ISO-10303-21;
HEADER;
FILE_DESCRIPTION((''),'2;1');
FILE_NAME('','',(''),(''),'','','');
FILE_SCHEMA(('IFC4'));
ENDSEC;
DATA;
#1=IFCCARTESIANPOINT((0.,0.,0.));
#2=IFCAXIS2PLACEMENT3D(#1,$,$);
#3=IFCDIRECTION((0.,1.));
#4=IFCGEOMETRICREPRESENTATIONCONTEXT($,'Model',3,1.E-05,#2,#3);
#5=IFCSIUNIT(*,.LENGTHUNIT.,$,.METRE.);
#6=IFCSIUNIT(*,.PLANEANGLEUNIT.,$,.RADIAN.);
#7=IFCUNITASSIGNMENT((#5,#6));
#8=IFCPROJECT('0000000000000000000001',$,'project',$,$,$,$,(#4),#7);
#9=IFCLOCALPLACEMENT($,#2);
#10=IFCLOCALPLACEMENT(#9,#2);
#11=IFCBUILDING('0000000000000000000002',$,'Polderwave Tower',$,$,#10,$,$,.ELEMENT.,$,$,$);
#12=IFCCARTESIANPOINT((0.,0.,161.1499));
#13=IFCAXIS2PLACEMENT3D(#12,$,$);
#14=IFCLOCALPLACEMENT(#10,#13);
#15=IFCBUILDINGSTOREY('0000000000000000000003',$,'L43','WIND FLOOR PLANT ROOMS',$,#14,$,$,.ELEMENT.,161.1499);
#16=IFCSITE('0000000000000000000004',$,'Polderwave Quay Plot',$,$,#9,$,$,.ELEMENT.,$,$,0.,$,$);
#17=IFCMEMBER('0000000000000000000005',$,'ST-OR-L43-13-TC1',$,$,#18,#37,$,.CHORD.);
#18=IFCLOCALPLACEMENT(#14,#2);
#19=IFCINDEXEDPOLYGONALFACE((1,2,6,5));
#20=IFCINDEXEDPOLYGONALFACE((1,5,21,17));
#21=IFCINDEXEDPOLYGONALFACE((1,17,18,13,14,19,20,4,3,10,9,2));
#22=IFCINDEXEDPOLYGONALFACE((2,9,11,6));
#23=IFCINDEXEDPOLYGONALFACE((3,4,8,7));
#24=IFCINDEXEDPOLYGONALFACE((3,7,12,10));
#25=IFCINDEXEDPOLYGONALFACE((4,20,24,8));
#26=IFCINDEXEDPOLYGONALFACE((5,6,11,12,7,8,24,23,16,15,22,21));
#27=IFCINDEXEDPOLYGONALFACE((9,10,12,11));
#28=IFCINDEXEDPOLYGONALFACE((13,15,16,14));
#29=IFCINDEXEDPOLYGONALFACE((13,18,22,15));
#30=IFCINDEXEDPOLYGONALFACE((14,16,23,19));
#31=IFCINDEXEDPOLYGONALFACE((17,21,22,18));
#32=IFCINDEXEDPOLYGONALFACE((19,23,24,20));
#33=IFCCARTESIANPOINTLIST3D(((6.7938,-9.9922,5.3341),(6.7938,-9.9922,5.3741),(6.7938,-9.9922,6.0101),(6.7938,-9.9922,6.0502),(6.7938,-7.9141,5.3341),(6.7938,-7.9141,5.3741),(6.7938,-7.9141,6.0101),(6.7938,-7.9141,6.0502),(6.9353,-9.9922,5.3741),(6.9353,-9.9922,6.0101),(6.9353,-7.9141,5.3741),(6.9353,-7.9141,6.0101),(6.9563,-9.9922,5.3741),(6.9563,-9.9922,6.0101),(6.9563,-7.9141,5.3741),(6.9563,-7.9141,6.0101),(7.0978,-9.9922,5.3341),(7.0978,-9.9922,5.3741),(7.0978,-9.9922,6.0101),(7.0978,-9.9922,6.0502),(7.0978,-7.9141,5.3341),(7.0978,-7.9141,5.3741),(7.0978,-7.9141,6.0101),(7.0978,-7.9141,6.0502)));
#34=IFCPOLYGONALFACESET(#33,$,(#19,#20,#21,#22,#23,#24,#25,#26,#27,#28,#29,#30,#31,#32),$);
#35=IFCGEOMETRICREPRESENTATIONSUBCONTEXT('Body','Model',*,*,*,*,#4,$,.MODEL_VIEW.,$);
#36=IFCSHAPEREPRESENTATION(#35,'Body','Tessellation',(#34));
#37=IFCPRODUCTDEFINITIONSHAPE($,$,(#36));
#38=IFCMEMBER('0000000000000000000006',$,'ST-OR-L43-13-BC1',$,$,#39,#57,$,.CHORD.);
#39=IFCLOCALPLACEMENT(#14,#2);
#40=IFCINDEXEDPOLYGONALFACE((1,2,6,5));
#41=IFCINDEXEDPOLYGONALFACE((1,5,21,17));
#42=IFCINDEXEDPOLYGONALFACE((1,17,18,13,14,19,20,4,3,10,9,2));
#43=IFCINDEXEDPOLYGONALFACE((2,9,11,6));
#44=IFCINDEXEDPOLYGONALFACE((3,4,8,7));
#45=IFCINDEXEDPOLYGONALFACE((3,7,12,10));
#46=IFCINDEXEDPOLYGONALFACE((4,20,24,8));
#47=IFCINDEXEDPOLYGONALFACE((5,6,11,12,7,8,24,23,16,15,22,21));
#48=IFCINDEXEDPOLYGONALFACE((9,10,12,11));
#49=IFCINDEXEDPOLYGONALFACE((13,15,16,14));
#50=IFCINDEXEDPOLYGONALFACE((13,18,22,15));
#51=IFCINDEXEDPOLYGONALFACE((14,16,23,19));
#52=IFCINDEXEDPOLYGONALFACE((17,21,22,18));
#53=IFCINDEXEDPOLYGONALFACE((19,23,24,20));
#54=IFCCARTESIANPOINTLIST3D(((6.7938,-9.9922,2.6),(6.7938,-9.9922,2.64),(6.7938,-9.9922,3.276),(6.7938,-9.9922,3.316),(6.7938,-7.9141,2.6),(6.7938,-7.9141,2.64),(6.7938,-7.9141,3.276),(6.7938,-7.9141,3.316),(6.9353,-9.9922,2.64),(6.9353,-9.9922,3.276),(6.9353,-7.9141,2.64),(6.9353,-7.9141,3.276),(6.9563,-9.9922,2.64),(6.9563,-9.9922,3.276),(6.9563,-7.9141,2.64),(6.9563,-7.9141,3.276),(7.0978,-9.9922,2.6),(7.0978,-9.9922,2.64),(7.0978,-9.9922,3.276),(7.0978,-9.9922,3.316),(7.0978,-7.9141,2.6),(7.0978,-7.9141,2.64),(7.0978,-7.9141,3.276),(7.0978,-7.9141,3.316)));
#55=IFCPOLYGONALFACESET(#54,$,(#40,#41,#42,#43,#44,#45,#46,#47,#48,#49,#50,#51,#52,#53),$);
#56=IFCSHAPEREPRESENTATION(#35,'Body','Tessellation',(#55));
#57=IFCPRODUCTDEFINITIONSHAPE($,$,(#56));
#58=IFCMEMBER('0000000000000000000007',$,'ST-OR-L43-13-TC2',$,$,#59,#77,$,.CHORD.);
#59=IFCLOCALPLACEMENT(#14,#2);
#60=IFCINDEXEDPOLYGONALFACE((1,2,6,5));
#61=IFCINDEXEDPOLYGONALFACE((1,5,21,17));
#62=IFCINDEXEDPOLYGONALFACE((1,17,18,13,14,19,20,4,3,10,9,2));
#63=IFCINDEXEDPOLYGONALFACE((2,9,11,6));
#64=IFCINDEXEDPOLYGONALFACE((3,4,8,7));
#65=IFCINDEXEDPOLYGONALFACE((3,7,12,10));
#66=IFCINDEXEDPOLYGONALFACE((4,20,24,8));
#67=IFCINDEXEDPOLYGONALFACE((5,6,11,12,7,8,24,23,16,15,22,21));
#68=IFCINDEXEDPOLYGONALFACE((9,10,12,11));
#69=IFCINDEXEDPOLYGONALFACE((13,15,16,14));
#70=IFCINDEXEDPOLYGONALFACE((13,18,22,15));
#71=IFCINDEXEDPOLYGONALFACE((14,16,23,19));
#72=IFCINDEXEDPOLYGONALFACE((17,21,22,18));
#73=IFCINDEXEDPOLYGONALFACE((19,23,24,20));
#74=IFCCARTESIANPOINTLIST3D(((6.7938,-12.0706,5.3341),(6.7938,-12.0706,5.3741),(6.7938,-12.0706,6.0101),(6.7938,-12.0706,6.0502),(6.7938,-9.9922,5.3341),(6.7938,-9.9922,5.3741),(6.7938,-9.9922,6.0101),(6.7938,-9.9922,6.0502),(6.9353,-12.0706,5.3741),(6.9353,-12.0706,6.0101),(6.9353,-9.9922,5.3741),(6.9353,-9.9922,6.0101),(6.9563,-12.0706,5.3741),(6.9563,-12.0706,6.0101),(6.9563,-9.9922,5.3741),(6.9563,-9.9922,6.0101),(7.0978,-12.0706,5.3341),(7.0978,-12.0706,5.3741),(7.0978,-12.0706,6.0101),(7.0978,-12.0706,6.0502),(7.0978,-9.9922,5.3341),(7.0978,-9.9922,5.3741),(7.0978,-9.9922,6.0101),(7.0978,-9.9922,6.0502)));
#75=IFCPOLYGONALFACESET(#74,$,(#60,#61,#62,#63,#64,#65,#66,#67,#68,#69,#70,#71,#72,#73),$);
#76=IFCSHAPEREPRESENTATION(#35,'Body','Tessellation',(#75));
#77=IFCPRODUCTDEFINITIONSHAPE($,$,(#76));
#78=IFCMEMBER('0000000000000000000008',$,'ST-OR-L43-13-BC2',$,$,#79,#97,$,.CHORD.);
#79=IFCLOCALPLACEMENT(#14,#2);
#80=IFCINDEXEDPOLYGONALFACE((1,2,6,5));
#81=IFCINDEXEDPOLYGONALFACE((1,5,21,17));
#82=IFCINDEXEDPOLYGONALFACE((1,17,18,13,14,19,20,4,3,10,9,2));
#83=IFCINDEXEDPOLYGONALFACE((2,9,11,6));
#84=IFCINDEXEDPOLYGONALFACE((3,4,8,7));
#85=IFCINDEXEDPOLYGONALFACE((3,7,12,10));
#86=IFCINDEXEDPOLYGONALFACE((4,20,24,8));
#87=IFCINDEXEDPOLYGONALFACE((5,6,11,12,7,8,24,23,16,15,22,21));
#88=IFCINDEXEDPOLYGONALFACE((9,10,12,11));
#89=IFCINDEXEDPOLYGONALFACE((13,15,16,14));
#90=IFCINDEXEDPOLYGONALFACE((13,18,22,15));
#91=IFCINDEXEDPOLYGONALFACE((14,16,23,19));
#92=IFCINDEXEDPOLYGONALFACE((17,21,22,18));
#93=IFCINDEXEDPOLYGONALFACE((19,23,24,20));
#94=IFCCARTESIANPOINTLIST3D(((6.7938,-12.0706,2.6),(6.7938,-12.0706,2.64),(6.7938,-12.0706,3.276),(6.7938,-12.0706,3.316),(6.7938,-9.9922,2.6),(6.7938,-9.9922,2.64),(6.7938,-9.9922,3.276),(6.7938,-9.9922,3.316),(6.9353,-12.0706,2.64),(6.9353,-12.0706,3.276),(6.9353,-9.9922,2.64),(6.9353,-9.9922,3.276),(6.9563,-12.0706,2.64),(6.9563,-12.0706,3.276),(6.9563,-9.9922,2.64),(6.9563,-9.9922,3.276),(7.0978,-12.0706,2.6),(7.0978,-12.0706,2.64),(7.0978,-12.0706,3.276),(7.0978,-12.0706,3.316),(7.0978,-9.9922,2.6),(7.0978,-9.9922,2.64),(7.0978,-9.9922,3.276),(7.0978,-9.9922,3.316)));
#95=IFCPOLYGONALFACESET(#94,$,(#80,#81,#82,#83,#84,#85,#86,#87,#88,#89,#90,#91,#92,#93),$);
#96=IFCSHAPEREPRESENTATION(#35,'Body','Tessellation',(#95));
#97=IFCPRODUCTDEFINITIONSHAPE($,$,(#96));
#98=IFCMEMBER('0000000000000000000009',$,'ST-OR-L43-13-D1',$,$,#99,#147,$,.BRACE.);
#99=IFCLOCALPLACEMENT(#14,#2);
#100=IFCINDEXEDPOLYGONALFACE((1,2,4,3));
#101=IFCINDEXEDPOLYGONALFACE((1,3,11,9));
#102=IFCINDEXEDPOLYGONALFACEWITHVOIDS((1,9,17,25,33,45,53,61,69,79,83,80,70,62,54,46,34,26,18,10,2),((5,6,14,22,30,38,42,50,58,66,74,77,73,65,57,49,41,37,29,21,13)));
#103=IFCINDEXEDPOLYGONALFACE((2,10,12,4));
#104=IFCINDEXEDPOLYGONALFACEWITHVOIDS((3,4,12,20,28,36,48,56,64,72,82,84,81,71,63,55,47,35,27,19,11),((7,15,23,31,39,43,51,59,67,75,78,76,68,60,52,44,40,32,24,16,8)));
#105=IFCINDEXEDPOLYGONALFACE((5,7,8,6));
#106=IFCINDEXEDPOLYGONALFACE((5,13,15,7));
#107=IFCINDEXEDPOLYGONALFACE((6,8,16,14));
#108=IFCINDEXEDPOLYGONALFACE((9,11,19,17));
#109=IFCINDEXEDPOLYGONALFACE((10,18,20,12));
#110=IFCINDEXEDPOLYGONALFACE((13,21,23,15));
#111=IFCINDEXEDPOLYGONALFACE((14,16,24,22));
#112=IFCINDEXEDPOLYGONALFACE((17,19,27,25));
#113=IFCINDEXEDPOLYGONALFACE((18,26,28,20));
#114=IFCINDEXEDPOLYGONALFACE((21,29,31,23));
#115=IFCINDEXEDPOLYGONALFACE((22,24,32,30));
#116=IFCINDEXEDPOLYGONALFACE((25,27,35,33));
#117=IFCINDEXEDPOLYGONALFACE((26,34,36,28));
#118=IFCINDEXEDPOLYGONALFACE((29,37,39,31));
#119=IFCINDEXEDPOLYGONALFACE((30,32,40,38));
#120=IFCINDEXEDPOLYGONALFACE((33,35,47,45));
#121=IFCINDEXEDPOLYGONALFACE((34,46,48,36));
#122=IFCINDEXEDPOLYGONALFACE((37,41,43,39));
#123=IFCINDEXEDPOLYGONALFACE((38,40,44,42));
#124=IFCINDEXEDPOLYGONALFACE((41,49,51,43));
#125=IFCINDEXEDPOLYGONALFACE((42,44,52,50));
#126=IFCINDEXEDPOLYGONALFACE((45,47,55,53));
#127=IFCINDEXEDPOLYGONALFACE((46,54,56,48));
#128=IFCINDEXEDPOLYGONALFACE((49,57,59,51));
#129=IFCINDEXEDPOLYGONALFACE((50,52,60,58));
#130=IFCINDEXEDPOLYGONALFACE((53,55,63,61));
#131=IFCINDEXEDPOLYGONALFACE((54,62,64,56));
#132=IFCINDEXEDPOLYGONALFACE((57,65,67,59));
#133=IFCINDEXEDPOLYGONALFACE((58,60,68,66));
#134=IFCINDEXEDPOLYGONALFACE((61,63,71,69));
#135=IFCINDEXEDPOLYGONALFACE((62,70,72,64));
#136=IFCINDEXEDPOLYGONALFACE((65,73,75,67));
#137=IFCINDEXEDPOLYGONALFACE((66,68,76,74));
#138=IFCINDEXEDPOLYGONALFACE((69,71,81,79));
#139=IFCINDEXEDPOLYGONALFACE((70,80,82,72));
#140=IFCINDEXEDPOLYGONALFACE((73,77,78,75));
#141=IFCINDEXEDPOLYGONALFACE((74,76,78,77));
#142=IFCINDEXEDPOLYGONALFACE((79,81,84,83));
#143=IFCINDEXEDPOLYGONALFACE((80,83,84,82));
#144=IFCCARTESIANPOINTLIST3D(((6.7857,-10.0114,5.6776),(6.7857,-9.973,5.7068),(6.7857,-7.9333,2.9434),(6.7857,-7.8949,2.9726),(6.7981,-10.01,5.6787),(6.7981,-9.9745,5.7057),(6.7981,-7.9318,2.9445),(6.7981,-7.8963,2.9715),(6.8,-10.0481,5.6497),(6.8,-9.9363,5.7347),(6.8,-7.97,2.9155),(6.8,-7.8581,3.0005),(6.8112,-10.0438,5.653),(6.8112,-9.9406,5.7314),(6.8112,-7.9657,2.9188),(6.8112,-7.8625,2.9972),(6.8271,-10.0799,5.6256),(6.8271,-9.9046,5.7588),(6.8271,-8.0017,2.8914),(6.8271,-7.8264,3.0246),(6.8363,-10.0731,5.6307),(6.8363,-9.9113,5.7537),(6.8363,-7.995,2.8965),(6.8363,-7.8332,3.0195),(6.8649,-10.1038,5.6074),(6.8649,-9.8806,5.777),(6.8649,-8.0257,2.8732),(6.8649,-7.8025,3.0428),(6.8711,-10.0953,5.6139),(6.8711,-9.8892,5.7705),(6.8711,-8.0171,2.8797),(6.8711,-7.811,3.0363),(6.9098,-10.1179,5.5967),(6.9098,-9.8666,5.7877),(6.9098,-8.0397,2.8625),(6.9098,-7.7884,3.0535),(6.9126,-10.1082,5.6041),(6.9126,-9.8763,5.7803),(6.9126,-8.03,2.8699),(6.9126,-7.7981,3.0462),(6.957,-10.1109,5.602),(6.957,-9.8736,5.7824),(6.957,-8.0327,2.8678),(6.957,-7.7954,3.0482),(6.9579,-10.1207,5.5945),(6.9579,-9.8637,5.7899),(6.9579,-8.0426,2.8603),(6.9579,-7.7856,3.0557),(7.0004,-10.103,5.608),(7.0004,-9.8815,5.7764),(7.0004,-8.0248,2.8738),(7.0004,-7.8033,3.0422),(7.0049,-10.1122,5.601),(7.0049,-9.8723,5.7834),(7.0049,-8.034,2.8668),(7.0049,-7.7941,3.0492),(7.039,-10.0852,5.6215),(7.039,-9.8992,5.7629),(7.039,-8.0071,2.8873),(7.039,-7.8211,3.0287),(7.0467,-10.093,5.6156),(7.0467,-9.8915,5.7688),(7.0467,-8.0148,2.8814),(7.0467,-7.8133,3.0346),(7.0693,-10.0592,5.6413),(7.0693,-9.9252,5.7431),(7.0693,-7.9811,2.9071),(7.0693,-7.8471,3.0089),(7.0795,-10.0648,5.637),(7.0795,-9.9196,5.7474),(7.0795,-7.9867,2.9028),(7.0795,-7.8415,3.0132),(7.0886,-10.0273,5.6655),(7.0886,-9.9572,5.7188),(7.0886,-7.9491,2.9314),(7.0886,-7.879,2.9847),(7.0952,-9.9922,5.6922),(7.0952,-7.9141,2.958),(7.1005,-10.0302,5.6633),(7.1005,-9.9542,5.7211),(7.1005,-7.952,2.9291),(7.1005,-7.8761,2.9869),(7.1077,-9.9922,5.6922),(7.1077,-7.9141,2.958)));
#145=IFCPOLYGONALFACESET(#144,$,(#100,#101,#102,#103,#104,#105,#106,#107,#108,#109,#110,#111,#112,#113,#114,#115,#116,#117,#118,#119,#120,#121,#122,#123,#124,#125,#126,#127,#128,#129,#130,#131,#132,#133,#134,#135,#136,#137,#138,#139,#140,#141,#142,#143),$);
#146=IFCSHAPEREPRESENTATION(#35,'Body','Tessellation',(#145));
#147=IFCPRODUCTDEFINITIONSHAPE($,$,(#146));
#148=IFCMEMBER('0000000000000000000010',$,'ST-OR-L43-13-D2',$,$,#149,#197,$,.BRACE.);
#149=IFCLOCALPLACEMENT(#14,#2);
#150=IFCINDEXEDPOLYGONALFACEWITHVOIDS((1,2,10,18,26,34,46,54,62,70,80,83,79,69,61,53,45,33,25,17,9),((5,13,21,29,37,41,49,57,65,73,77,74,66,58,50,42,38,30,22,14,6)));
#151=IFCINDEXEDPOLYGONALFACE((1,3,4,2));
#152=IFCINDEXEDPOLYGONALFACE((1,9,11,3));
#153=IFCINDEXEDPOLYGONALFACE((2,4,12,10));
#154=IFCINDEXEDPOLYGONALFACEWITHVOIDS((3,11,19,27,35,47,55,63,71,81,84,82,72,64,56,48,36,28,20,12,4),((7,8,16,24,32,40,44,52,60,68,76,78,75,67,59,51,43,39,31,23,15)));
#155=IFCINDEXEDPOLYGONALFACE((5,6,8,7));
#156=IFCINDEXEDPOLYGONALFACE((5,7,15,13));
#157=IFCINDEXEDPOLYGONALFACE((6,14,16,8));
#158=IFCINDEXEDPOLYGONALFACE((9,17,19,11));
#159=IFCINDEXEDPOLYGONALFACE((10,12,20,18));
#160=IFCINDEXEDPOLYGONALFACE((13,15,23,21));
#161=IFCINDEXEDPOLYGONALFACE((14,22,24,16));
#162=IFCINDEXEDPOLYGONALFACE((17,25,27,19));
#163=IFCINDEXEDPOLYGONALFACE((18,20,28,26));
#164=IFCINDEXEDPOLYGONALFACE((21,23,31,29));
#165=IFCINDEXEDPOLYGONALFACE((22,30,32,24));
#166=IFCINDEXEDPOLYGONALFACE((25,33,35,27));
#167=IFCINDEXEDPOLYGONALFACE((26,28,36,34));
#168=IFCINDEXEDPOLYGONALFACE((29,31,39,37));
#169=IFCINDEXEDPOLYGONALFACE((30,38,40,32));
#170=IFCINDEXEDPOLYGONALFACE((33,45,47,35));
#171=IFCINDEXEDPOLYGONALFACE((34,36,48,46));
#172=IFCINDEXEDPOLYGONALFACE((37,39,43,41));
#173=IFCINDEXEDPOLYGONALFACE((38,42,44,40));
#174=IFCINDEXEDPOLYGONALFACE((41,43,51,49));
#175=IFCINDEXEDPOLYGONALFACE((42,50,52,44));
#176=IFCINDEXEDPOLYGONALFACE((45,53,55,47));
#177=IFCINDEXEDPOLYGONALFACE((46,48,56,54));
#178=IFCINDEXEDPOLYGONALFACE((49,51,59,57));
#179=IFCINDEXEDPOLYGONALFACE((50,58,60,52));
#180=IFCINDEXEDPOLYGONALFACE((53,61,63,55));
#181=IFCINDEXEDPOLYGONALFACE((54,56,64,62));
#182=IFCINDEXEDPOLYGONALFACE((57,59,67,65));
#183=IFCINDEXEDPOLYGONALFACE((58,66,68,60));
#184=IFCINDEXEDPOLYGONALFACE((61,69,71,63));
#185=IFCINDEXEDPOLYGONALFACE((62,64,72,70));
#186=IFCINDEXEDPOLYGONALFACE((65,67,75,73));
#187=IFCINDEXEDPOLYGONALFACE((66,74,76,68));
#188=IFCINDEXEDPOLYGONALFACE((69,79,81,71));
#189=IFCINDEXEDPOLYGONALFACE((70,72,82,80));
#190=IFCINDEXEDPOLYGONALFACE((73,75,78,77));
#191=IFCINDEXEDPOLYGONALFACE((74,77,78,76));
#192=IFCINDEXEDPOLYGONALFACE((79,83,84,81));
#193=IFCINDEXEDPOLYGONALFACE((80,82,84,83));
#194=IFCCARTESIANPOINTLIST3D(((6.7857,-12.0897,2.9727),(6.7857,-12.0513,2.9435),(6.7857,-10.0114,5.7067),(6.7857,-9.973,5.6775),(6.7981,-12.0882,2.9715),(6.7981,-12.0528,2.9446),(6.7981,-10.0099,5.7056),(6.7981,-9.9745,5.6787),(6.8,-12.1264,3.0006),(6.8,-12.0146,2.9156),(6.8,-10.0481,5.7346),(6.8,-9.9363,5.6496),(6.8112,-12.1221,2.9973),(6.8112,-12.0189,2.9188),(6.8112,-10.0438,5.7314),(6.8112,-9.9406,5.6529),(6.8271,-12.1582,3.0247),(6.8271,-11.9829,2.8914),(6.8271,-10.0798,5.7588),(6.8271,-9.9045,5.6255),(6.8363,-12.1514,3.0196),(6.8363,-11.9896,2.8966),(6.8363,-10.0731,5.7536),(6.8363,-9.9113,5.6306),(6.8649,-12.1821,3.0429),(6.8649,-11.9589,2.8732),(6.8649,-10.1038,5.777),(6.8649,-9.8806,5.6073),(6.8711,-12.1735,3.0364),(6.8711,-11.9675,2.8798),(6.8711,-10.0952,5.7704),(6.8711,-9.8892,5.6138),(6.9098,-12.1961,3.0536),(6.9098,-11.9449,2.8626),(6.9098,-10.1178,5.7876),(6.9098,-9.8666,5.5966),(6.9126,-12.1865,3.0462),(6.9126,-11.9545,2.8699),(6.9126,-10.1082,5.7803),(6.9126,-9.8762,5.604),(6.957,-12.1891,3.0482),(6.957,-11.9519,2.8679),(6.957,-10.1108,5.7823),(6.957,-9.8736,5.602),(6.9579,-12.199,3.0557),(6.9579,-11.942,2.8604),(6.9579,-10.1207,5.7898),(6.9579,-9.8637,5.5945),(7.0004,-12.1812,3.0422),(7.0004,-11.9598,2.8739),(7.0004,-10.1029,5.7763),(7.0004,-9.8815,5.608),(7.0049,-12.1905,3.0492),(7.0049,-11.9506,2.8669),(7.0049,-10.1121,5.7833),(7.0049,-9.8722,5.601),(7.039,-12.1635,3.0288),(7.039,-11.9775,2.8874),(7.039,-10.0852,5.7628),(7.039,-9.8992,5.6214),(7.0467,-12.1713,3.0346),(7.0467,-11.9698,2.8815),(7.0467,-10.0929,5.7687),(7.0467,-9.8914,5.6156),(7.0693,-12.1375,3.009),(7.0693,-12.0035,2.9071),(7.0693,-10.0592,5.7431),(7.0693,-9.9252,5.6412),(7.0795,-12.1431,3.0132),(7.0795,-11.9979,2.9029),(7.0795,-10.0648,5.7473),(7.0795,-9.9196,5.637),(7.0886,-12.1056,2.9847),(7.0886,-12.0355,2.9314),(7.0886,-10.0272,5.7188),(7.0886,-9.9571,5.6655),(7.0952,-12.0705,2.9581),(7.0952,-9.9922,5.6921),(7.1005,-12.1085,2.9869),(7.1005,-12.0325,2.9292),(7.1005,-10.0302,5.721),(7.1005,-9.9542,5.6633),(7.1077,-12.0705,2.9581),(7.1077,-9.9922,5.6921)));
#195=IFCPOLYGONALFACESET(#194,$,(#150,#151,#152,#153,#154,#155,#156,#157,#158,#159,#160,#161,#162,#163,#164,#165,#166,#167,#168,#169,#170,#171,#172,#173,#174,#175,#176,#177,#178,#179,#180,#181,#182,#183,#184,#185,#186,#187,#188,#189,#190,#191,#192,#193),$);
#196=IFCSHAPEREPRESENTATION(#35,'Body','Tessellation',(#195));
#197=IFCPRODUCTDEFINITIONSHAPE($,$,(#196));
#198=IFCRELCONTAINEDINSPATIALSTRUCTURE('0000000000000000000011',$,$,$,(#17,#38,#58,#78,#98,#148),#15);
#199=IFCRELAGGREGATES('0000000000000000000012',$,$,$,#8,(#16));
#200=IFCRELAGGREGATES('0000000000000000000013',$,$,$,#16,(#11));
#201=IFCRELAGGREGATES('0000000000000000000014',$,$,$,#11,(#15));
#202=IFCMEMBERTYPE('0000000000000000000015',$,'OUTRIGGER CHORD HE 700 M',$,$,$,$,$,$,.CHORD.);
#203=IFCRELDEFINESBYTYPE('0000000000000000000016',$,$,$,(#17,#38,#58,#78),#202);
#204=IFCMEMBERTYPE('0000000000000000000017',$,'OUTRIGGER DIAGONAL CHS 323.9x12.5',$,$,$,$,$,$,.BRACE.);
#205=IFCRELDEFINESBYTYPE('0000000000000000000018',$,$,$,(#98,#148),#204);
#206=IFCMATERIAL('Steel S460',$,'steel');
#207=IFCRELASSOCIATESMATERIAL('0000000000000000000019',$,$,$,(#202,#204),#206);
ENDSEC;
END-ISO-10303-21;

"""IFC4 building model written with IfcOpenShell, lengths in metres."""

from ifc_helpers import new_model, si_unit, direction, frame, origin, origin_2d, place, context, subcontext, project, spatial, hollow_circle, i_section, extrude, material, material_profile, profile_set, type_object, element, save


model = new_model("IFC4")

# Units and contexts
model_context = context("Model", 3, precision=1e-05, world=origin(), true_north=direction((0.0, 1.0)))
body_context = subcontext(model_context, "Body", "Model", "MODEL_VIEW")
ifc_project = project(units=[si_unit("LENGTHUNIT", "METRE"), si_unit("PLANEANGLEUNIT", "RADIAN")], contexts=[model_context])

# Site, building, storey
site_placement = place(None, origin())
site = spatial("IfcSite", under=ifc_project, at=site_placement, Name="Polderwave Quay Plot", CompositionType="ELEMENT", RefElevation=0.0)
building_placement = place(site_placement, origin())
building = spatial("IfcBuilding", under=site, at=building_placement, Name="Polderwave Tower", CompositionType="ELEMENT")
storey_placement = place(building_placement, frame((0.0, 0.0, 161.1499)))
storey = spatial("IfcBuildingStorey", under=building, at=storey_placement, Name="L43", Description="WIND FLOOR PLANT ROOMS", CompositionType="ELEMENT", Elevation=161.1499)

# Members
ifc_material_1 = material(Name="Steel S460", Category="steel")
ifc_material_profile_1 = material_profile(ifc_material_1, i_section(OverallWidth=0.304, OverallDepth=0.7161, WebThickness=0.021, FlangeThickness=0.04, at=origin_2d()), Name="HE 700 M")
ifc_profile_set_1 = profile_set([ifc_material_profile_1], Name="Steel S460")
member_type_1 = type_object("IfcMemberType", Name="OUTRIGGER CHORD HE 700 M", PredefinedType="CHORD", material=ifc_profile_set_1)
for number, where, z_axis, x_axis, name in (
    (1, (6.9458, -7.9141, 5.6921), (0.0, -1.0, 0.0), (1.0, 0.0, 0.0), "ST-OR-L43-13-TC1"),
    (2, (6.9458, -7.9141, 2.958), (0.0, -1.0, 0.0), (1.0, 0.0, 0.0), "ST-OR-L43-13-BC1"),
):
    element("IfcMember", number, at=place(storey_placement, frame(where, z_axis=z_axis, x_axis=x_axis)), inside=storey, type_object=member_type_1, Name=name, PredefinedType="CHORD", context=body_context, shape_type="SweptSolid", body=[
        extrude(i_section(OverallWidth=0.304, OverallDepth=0.7161, WebThickness=0.021, FlangeThickness=0.04, at=origin_2d()), origin(), (0.0, 0.0, 1.0), 2.0781),
    ])
for number, where, z_axis, x_axis, name in (
    (3, (6.9458, -9.9922, 5.6921), (0.0, -1.0, 0.0), (1.0, 0.0, 0.0), "ST-OR-L43-13-TC2"),
    (4, (6.9458, -9.9922, 2.958), (0.0, -1.0, 0.0), (1.0, 0.0, 0.0), "ST-OR-L43-13-BC2"),
):
    element("IfcMember", number, at=place(storey_placement, frame(where, z_axis=z_axis, x_axis=x_axis)), inside=storey, type_object=member_type_1, Name=name, PredefinedType="CHORD", context=body_context, shape_type="SweptSolid", body=[
        extrude(i_section(OverallWidth=0.304, OverallDepth=0.7161, WebThickness=0.021, FlangeThickness=0.04, at=origin_2d()), origin(), (0.0, 0.0, 1.0), 2.0784),
    ])
ifc_material_profile_2 = material_profile(ifc_material_1, hollow_circle(Radius=0.1619, WallThickness=0.0125, at=origin_2d()), Name="CHS 323.9x12.5")
ifc_profile_set_2 = profile_set([ifc_material_profile_2], Name="Steel S460")
member_type_2 = type_object("IfcMemberType", Name="OUTRIGGER DIAGONAL CHS 323.9x12.5", PredefinedType="BRACE", material=ifc_profile_set_2)
for number, where, z_axis, x_axis, name in (
    (5, (6.9458, -7.9141, 2.958), (0.0, -0.605118, 0.796136), (1.0, 0.0, 0.0), "ST-OR-L43-13-D1"),
    (6, (6.9458, -9.9922, 5.6921), (0.0, -0.605163, -0.796102), (1.0, 0.0, 0.0), "ST-OR-L43-13-D2"),
):
    element("IfcMember", number, at=place(storey_placement, frame(where, z_axis=z_axis, x_axis=x_axis)), inside=storey, type_object=member_type_2, Name=name, PredefinedType="BRACE", context=body_context, shape_type="SweptSolid", body=[
        extrude(hollow_circle(Radius=0.1619, WallThickness=0.0125, at=origin_2d()), origin(), (0.0, 0.0, 1.0), 3.4343),
    ])

save(model, "model.ifc")
